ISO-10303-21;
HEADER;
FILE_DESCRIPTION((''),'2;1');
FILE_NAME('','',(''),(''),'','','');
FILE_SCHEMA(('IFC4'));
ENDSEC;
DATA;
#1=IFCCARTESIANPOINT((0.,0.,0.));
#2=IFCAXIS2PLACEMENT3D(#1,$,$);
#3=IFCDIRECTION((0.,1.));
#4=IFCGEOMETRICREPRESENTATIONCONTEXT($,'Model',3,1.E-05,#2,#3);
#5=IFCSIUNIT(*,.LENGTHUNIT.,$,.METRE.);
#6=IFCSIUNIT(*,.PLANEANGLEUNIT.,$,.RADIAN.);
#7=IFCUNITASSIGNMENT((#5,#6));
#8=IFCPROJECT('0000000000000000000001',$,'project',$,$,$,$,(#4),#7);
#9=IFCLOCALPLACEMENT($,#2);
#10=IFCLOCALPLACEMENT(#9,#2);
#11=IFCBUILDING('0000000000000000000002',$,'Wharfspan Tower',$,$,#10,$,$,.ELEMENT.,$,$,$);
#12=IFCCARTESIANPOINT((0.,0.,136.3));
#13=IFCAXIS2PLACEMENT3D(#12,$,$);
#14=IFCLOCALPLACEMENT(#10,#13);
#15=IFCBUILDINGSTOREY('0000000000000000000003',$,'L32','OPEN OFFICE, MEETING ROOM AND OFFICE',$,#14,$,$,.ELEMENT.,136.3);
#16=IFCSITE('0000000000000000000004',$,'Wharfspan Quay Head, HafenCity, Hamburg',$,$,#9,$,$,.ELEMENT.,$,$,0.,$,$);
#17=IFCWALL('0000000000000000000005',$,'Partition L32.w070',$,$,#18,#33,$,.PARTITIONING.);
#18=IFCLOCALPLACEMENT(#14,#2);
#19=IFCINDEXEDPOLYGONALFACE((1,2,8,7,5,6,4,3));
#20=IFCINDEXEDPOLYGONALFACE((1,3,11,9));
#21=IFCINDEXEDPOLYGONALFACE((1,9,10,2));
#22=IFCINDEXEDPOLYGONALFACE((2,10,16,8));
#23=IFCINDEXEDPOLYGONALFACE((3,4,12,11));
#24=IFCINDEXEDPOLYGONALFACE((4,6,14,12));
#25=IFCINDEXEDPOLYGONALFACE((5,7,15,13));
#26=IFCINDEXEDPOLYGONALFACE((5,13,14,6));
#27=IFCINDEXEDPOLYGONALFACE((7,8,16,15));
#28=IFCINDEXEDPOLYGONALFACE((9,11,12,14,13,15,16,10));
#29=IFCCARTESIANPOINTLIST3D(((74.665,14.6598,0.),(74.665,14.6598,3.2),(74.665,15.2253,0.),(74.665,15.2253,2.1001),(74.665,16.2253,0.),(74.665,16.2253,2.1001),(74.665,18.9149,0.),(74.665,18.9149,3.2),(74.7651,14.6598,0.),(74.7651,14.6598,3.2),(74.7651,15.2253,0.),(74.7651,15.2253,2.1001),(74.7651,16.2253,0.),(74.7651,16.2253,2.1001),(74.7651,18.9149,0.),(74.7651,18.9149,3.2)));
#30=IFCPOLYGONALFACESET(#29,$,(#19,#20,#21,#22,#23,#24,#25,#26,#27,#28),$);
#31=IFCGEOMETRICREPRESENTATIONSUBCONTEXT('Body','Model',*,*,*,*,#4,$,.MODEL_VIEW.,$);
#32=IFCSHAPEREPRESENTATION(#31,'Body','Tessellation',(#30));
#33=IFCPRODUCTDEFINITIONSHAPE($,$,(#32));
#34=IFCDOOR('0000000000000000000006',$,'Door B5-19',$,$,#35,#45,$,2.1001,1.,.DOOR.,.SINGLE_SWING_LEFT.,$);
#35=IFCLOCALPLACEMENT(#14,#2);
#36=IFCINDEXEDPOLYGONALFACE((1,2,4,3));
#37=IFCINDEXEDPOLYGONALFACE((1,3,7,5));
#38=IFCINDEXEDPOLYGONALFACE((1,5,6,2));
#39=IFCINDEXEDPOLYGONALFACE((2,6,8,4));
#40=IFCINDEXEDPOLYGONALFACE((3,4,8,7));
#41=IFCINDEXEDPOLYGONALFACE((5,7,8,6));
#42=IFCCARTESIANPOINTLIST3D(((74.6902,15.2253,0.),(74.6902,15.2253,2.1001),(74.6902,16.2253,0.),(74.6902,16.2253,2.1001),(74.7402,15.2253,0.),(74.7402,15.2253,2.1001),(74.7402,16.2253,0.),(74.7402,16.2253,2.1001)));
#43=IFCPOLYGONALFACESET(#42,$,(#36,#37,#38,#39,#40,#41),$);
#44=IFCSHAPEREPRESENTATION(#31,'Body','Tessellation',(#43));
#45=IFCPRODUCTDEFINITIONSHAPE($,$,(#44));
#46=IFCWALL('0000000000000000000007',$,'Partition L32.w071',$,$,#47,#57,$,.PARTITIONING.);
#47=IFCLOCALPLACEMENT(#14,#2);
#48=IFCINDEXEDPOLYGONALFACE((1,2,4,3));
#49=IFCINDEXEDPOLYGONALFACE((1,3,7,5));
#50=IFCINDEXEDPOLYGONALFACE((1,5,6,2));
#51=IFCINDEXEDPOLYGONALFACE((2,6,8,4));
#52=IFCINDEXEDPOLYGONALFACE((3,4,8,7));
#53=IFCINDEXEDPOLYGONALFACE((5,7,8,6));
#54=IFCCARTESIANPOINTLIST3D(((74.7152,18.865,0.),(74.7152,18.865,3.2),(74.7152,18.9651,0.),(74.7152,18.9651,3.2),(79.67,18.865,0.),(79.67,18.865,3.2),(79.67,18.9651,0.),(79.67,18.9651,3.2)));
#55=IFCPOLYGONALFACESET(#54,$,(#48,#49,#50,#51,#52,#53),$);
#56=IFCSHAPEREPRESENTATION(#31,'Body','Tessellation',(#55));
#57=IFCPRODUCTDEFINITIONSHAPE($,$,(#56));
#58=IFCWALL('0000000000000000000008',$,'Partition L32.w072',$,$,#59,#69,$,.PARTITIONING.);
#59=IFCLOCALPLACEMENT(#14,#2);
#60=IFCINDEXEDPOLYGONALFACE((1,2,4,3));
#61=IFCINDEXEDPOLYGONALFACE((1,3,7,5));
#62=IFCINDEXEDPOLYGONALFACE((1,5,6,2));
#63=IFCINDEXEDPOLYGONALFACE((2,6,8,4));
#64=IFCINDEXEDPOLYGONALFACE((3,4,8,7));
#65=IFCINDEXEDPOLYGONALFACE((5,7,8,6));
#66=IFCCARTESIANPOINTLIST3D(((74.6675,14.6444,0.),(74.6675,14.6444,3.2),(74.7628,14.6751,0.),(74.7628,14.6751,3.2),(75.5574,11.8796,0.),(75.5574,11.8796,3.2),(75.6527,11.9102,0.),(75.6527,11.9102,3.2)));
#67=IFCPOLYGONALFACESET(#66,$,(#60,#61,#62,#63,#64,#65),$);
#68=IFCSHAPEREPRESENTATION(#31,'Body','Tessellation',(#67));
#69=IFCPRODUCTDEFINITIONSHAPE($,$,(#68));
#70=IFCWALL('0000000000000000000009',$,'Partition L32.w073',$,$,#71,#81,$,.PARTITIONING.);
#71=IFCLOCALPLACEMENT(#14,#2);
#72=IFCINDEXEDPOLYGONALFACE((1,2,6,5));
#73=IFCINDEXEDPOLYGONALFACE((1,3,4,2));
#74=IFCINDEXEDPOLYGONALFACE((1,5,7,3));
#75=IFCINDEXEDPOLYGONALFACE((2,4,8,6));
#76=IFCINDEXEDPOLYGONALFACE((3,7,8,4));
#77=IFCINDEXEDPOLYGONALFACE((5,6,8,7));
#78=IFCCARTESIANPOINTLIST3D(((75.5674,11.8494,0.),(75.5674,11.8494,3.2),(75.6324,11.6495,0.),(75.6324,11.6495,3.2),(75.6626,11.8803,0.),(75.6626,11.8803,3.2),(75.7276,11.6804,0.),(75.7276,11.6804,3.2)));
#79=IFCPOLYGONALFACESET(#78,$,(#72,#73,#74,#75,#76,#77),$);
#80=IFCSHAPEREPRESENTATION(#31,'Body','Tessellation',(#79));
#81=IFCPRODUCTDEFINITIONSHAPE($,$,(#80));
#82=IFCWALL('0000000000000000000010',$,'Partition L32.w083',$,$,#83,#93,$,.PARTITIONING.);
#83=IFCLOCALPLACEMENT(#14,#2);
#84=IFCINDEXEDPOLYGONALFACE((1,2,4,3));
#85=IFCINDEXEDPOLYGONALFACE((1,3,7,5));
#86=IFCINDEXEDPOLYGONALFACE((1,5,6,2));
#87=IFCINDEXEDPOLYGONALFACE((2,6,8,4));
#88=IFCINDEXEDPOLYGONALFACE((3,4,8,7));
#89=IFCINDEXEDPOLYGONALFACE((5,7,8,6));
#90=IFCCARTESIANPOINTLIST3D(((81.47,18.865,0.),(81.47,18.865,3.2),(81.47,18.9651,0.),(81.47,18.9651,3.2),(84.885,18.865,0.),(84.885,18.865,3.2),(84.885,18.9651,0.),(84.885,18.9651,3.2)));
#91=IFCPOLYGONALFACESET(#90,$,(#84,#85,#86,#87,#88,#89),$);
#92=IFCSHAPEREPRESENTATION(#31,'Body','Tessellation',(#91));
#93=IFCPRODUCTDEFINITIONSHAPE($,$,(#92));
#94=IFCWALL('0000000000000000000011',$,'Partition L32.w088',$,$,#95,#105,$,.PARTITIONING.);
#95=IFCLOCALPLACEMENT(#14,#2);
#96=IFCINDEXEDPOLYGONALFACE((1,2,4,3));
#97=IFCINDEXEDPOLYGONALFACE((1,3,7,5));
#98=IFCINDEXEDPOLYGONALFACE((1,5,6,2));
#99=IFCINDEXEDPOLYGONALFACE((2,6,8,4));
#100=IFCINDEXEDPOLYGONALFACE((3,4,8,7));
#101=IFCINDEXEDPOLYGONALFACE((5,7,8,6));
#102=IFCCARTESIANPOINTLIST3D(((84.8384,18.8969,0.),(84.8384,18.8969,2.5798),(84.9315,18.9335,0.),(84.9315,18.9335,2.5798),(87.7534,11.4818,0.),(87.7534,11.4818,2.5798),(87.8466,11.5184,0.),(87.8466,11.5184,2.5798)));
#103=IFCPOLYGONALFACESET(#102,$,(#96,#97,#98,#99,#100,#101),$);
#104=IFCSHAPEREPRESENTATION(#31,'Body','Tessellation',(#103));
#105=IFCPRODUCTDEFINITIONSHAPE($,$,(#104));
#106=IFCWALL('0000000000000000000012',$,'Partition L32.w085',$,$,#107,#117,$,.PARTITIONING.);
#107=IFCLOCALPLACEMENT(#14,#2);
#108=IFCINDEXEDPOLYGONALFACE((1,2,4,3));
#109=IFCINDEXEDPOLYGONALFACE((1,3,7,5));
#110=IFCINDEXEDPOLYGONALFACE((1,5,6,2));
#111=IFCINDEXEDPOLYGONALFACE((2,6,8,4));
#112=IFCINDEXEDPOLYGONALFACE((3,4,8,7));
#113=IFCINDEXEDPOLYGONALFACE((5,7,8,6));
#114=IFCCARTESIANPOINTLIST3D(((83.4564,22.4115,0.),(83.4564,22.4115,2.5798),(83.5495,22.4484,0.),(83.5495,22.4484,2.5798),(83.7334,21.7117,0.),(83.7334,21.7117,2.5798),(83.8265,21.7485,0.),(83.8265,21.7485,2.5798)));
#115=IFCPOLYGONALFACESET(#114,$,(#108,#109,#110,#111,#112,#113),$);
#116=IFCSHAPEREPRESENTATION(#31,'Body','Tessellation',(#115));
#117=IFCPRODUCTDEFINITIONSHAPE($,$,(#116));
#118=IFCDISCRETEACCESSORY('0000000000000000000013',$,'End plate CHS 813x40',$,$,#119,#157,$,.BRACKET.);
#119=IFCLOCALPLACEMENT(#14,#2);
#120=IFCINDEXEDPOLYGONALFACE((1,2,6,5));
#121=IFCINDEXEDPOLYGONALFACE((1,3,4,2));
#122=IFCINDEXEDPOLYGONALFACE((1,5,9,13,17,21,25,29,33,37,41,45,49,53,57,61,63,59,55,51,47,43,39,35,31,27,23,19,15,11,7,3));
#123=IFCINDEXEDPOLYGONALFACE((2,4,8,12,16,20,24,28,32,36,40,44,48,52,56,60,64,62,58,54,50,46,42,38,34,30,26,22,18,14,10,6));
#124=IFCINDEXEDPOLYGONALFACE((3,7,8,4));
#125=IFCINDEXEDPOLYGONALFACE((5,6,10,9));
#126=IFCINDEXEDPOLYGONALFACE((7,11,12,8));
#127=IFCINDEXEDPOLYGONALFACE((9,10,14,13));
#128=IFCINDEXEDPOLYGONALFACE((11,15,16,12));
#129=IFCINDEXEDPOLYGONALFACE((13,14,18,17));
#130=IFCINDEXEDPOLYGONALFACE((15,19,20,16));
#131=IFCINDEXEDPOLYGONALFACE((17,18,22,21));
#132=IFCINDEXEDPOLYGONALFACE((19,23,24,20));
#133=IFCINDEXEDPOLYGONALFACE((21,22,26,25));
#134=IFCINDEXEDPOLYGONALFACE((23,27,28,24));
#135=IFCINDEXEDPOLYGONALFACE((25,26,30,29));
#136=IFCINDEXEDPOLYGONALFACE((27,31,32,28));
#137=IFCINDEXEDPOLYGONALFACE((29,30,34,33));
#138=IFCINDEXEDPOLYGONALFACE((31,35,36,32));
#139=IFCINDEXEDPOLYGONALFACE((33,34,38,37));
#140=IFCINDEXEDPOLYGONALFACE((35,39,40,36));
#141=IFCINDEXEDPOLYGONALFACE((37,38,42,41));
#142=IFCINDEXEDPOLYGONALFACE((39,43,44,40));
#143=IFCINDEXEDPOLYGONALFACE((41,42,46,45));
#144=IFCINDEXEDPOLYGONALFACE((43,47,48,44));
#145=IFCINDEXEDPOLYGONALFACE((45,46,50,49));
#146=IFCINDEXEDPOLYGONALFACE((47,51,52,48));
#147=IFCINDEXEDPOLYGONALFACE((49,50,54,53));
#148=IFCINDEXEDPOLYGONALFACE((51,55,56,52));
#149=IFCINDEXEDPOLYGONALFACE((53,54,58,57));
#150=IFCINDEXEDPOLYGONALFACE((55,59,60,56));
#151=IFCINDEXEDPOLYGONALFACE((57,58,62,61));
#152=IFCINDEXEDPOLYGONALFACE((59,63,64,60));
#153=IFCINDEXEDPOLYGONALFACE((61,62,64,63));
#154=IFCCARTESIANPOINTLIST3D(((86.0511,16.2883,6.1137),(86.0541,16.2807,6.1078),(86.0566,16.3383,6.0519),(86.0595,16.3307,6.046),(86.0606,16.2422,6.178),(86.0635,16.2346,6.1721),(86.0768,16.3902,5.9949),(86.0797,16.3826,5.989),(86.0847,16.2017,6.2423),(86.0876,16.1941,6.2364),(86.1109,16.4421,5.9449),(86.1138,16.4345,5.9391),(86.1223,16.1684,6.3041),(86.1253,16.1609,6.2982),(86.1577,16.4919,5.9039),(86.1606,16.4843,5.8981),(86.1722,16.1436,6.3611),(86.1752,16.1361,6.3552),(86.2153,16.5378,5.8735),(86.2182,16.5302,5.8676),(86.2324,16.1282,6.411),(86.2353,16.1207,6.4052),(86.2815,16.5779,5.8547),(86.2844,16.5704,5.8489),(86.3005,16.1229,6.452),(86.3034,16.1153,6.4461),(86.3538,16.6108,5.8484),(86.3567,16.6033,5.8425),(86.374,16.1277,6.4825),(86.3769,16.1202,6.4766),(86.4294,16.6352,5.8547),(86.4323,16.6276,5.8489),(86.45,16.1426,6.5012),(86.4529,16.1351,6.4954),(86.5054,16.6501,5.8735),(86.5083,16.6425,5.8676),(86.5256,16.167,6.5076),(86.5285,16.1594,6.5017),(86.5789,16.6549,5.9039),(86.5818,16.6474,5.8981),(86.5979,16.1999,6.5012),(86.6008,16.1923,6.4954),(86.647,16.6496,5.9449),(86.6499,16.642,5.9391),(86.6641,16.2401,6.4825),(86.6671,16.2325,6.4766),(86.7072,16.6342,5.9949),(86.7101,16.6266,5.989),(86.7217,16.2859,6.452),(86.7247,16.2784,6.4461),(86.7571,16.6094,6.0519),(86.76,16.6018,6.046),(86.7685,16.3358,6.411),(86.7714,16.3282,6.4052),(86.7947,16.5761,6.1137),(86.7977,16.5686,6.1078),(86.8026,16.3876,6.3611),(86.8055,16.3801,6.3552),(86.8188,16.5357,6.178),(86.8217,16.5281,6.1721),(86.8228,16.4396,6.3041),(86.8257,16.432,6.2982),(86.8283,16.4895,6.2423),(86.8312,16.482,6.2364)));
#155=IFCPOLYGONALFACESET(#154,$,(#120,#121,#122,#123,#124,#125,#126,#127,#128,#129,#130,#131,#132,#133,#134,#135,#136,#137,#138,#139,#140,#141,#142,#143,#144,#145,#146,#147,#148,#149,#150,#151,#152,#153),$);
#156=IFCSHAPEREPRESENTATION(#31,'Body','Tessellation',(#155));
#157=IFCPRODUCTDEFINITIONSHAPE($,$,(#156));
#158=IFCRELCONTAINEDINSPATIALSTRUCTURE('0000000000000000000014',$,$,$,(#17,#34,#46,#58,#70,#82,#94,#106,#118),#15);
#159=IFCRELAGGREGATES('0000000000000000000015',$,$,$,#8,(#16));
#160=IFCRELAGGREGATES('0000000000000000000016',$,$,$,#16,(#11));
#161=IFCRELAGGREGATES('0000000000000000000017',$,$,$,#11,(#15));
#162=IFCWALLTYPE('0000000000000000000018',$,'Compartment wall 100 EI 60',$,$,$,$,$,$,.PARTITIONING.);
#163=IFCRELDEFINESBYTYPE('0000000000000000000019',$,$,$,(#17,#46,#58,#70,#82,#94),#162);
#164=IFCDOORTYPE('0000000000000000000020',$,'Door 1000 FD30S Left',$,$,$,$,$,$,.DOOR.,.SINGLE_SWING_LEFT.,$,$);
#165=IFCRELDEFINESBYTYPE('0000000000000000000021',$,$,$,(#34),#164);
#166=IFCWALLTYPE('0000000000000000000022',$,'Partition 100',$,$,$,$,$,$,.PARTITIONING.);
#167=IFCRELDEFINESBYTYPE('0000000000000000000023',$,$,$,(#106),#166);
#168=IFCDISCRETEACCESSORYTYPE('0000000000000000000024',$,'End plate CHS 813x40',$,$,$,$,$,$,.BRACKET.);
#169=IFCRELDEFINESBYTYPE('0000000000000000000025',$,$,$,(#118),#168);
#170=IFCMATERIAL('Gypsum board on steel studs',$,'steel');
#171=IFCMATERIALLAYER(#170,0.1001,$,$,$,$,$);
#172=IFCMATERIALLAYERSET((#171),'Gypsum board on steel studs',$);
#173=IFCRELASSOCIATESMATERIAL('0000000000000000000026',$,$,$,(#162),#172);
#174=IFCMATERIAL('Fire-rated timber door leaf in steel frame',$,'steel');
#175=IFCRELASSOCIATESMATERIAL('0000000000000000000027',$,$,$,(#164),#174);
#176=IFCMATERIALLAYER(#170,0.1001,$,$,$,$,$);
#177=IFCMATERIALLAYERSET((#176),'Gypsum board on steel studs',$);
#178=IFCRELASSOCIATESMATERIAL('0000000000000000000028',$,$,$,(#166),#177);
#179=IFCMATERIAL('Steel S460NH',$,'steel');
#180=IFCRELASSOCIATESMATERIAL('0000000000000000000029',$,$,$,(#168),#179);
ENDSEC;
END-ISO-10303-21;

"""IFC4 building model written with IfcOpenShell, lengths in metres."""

from ifc_helpers import new_model, si_unit, direction, frame, frame_2d, origin, origin_2d, place, context, subcontext, project, spatial, rectangle, circle, extrude, material, layer, layer_set, material_profile, profile_set, type_object, element, fill, save


model = new_model("IFC4")

# Units and contexts
model_context = context("Model", 3, precision=1e-05, world=origin(), true_north=direction((0.0, 1.0)))
body_context = subcontext(model_context, "Body", "Model", "MODEL_VIEW")
ifc_project = project(units=[si_unit("LENGTHUNIT", "METRE"), si_unit("PLANEANGLEUNIT", "RADIAN")], contexts=[model_context])

# Site, building, storey
site_placement = place(None, origin())
site = spatial("IfcSite", under=ifc_project, at=site_placement, Name="Wharfspan Quay Head, HafenCity, Hamburg", CompositionType="ELEMENT", RefElevation=0.0)
building_placement = place(site_placement, origin())
building = spatial("IfcBuilding", under=site, at=building_placement, Name="Wharfspan Tower", CompositionType="ELEMENT")
storey_placement = place(building_placement, frame((0.0, 0.0, 136.3)))
storey = spatial("IfcBuildingStorey", under=building, at=storey_placement, Name="L32", Description="OPEN OFFICE, MEETING ROOM AND OFFICE", CompositionType="ELEMENT", Elevation=136.3)

# Shared definitions
ifc_material_1 = material(Name="Steel S460NH", Category="steel")

# Shared definitions
ifc_material_2 = material(Name="Gypsum board on steel studs", Category="steel")
ifc_layer_1 = layer(ifc_material_2, 0.1001)
ifc_layer_set_1 = layer_set([ifc_layer_1], Name="Gypsum board on steel studs")
wall_type_1 = type_object("IfcWallType", Name="Compartment wall 100 EI 60", PredefinedType="PARTITIONING", material=ifc_layer_set_1)
ifc_material_3 = material(Name="Fire-rated timber door leaf in steel frame", Category="steel")

# Wall, opening, door
wall_1_placement = place(storey_placement, frame((74.7151, 14.6599, 0.0), z_axis=(0.0, 0.0, 1.0), x_axis=(0.0, 1.0, 0.0)))
wall_1 = element("IfcWall", 1, at=wall_1_placement, inside=storey, type_object=wall_type_1, Name="Partition L32.w070", PredefinedType="PARTITIONING", context=body_context, shape_type="SweptSolid", body=[
    extrude(rectangle(XDim=4.2551, YDim=0.1001, at=frame_2d((2.1274, 0.0))), origin(), (0.0, 0.0, 1.0), 3.2),
])
opening_1_placement = place(wall_1_placement, frame((0.5654, 0.0, 0.0)))
opening_1 = element("IfcOpeningElement", 2, at=opening_1_placement, cuts=wall_1, PredefinedType="OPENING", context=body_context, shape_type="SweptSolid", body=[
    extrude(rectangle(XDim=1.0, YDim=2.1001, at=frame_2d((0.5, 1.05))), frame((0.0, 0.0601, 0.0), z_axis=(0.0, -1.0, 0.0), x_axis=(1.0, 0.0, 0.0)), (0.0, 0.0, 1.0), 0.1201),
])
door_type_1 = type_object("IfcDoorType", Name="Door 1000 FD30S Left", OperationType="SINGLE_SWING_LEFT", PredefinedType="DOOR", material=ifc_material_3)
door_1_placement = place(opening_1_placement, origin())
door_1 = element("IfcDoor", 3, at=door_1_placement, inside=storey, type_object=door_type_1, Name="Door B5-19", OperationType="SINGLE_SWING_LEFT", OverallHeight=2.1001, OverallWidth=1.0, PredefinedType="DOOR", context=body_context, shape_type="SweptSolid", body=[
    extrude(rectangle(XDim=1.0, YDim=2.1001, at=frame_2d((0.5, 1.05))), frame((0.0, 0.0249, 0.0), z_axis=(0.0, -1.0, 0.0), x_axis=(1.0, 0.0, 0.0)), (0.0, 0.0, 1.0), 0.05),
])
fill(opening_1, door_1)

# Walls
wall_2_placement = place(storey_placement, frame((74.7151, 18.915, 0.0), z_axis=(0.0, 0.0, 1.0), x_axis=(1.0, 0.0, 0.0)))
element("IfcWall", 4, at=wall_2_placement, inside=storey, type_object=wall_type_1, Name="Partition L32.w071", PredefinedType="PARTITIONING", context=body_context, shape_type="SweptSolid", body=[
    extrude(rectangle(XDim=4.9548, YDim=0.1001, at=frame_2d((2.4775, 0.0))), origin(), (0.0, 0.0, 1.0), 3.2),
])
wall_3_placement = place(storey_placement, frame((75.605, 11.895, 0.0), z_axis=(0.0, 0.0, 1.0), x_axis=(-0.306376, 0.951909, 0.0)))
element("IfcWall", 5, at=wall_3_placement, inside=storey, type_object=wall_type_1, Name="Partition L32.w072", PredefinedType="PARTITIONING", context=body_context, shape_type="SweptSolid", body=[
    extrude(rectangle(XDim=2.9045, YDim=0.1001, at=frame_2d((1.4521, 0.0))), origin(), (0.0, 0.0, 1.0), 3.2),
])
wall_4_placement = place(storey_placement, frame((75.6799, 11.665, 0.0), z_axis=(0.0, 0.0, 1.0), x_axis=(-0.308902, 0.951093, 0.0)))
element("IfcWall", 6, at=wall_4_placement, inside=storey, type_object=wall_type_1, Name="Partition L32.w073", PredefinedType="PARTITIONING", context=body_context, shape_type="SweptSolid", body=[
    extrude(rectangle(XDim=0.2102, YDim=0.1001, at=frame_2d((0.105, 0.0))), origin(), (0.0, 0.0, 1.0), 3.2),
])
wall_5_placement = place(storey_placement, frame((81.47, 18.915, 0.0), z_axis=(0.0, 0.0, 1.0), x_axis=(1.0, 0.0, 0.0)))
element("IfcWall", 7, at=wall_5_placement, inside=storey, type_object=wall_type_1, Name="Partition L32.w083", PredefinedType="PARTITIONING", context=body_context, shape_type="SweptSolid", body=[
    extrude(rectangle(XDim=3.415, YDim=0.1001, at=frame_2d((1.7075, 0.0))), origin(), (0.0, 0.0, 1.0), 3.2),
])
wall_6_placement = place(storey_placement, frame((87.8, 11.5, 0.0), z_axis=(0.0, 0.0, 1.0), x_axis=(-0.365869, 0.930668, 0.0)))
element("IfcWall", 8, at=wall_6_placement, inside=storey, type_object=wall_type_1, Name="Partition L32.w088", PredefinedType="PARTITIONING", context=body_context, shape_type="SweptSolid", body=[
    extrude(rectangle(XDim=7.9675, YDim=0.1001, at=frame_2d((3.9839, 0.0))), origin(), (0.0, 0.0, 1.0), 2.5798),
])
ifc_layer_2 = layer(ifc_material_2, 0.1001)
ifc_layer_set_2 = layer_set([ifc_layer_2], Name="Gypsum board on steel studs")
wall_type_2 = type_object("IfcWallType", Name="Partition 100", PredefinedType="PARTITIONING", material=ifc_layer_set_2)
wall_7_placement = place(storey_placement, frame((83.78, 21.73, 0.0), z_axis=(0.0, 0.0, 1.0), x_axis=(-0.368088, 0.929787, 0.0)))
element("IfcWall", 9, at=wall_7_placement, inside=storey, type_object=wall_type_2, Name="Partition L32.w085", PredefinedType="PARTITIONING", context=body_context, shape_type="SweptSolid", body=[
    extrude(rectangle(XDim=0.7527, YDim=0.1001, at=frame_2d((0.3765, 0.0))), origin(), (0.0, 0.0, 1.0), 2.5798),
])

# Discrete accessory
ifc_material_profile_1 = material_profile(ifc_material_1, circle(Radius=0.4065, at=origin_2d()))
ifc_profile_set_1 = profile_set([ifc_material_profile_1], Name="Steel S460NH")
discrete_accessory_type = type_object("IfcDiscreteAccessoryType", Name="End plate CHS 813x40", PredefinedType="BRACKET", material=ifc_profile_set_1)
for number, where, z_axis, x_axis, name in (
    (10, (86.4426, 16.3813, 6.1721), (-0.292683, 0.756098, 0.585366), (-0.932565, -0.360992, -0.000001), "End plate CHS 813x40"),
):
    element("IfcDiscreteAccessory", number, at=place(storey_placement, frame(where, z_axis=z_axis, x_axis=x_axis)), inside=storey, type_object=discrete_accessory_type, Name=name, PredefinedType="BRACKET", context=body_context, shape_type="SweptSolid", body=[
        extrude(circle(Radius=0.4065, at=origin_2d()), origin(), (0.0, 0.0, 1.0), 0.01),
    ])

save(model, "model.ifc")
